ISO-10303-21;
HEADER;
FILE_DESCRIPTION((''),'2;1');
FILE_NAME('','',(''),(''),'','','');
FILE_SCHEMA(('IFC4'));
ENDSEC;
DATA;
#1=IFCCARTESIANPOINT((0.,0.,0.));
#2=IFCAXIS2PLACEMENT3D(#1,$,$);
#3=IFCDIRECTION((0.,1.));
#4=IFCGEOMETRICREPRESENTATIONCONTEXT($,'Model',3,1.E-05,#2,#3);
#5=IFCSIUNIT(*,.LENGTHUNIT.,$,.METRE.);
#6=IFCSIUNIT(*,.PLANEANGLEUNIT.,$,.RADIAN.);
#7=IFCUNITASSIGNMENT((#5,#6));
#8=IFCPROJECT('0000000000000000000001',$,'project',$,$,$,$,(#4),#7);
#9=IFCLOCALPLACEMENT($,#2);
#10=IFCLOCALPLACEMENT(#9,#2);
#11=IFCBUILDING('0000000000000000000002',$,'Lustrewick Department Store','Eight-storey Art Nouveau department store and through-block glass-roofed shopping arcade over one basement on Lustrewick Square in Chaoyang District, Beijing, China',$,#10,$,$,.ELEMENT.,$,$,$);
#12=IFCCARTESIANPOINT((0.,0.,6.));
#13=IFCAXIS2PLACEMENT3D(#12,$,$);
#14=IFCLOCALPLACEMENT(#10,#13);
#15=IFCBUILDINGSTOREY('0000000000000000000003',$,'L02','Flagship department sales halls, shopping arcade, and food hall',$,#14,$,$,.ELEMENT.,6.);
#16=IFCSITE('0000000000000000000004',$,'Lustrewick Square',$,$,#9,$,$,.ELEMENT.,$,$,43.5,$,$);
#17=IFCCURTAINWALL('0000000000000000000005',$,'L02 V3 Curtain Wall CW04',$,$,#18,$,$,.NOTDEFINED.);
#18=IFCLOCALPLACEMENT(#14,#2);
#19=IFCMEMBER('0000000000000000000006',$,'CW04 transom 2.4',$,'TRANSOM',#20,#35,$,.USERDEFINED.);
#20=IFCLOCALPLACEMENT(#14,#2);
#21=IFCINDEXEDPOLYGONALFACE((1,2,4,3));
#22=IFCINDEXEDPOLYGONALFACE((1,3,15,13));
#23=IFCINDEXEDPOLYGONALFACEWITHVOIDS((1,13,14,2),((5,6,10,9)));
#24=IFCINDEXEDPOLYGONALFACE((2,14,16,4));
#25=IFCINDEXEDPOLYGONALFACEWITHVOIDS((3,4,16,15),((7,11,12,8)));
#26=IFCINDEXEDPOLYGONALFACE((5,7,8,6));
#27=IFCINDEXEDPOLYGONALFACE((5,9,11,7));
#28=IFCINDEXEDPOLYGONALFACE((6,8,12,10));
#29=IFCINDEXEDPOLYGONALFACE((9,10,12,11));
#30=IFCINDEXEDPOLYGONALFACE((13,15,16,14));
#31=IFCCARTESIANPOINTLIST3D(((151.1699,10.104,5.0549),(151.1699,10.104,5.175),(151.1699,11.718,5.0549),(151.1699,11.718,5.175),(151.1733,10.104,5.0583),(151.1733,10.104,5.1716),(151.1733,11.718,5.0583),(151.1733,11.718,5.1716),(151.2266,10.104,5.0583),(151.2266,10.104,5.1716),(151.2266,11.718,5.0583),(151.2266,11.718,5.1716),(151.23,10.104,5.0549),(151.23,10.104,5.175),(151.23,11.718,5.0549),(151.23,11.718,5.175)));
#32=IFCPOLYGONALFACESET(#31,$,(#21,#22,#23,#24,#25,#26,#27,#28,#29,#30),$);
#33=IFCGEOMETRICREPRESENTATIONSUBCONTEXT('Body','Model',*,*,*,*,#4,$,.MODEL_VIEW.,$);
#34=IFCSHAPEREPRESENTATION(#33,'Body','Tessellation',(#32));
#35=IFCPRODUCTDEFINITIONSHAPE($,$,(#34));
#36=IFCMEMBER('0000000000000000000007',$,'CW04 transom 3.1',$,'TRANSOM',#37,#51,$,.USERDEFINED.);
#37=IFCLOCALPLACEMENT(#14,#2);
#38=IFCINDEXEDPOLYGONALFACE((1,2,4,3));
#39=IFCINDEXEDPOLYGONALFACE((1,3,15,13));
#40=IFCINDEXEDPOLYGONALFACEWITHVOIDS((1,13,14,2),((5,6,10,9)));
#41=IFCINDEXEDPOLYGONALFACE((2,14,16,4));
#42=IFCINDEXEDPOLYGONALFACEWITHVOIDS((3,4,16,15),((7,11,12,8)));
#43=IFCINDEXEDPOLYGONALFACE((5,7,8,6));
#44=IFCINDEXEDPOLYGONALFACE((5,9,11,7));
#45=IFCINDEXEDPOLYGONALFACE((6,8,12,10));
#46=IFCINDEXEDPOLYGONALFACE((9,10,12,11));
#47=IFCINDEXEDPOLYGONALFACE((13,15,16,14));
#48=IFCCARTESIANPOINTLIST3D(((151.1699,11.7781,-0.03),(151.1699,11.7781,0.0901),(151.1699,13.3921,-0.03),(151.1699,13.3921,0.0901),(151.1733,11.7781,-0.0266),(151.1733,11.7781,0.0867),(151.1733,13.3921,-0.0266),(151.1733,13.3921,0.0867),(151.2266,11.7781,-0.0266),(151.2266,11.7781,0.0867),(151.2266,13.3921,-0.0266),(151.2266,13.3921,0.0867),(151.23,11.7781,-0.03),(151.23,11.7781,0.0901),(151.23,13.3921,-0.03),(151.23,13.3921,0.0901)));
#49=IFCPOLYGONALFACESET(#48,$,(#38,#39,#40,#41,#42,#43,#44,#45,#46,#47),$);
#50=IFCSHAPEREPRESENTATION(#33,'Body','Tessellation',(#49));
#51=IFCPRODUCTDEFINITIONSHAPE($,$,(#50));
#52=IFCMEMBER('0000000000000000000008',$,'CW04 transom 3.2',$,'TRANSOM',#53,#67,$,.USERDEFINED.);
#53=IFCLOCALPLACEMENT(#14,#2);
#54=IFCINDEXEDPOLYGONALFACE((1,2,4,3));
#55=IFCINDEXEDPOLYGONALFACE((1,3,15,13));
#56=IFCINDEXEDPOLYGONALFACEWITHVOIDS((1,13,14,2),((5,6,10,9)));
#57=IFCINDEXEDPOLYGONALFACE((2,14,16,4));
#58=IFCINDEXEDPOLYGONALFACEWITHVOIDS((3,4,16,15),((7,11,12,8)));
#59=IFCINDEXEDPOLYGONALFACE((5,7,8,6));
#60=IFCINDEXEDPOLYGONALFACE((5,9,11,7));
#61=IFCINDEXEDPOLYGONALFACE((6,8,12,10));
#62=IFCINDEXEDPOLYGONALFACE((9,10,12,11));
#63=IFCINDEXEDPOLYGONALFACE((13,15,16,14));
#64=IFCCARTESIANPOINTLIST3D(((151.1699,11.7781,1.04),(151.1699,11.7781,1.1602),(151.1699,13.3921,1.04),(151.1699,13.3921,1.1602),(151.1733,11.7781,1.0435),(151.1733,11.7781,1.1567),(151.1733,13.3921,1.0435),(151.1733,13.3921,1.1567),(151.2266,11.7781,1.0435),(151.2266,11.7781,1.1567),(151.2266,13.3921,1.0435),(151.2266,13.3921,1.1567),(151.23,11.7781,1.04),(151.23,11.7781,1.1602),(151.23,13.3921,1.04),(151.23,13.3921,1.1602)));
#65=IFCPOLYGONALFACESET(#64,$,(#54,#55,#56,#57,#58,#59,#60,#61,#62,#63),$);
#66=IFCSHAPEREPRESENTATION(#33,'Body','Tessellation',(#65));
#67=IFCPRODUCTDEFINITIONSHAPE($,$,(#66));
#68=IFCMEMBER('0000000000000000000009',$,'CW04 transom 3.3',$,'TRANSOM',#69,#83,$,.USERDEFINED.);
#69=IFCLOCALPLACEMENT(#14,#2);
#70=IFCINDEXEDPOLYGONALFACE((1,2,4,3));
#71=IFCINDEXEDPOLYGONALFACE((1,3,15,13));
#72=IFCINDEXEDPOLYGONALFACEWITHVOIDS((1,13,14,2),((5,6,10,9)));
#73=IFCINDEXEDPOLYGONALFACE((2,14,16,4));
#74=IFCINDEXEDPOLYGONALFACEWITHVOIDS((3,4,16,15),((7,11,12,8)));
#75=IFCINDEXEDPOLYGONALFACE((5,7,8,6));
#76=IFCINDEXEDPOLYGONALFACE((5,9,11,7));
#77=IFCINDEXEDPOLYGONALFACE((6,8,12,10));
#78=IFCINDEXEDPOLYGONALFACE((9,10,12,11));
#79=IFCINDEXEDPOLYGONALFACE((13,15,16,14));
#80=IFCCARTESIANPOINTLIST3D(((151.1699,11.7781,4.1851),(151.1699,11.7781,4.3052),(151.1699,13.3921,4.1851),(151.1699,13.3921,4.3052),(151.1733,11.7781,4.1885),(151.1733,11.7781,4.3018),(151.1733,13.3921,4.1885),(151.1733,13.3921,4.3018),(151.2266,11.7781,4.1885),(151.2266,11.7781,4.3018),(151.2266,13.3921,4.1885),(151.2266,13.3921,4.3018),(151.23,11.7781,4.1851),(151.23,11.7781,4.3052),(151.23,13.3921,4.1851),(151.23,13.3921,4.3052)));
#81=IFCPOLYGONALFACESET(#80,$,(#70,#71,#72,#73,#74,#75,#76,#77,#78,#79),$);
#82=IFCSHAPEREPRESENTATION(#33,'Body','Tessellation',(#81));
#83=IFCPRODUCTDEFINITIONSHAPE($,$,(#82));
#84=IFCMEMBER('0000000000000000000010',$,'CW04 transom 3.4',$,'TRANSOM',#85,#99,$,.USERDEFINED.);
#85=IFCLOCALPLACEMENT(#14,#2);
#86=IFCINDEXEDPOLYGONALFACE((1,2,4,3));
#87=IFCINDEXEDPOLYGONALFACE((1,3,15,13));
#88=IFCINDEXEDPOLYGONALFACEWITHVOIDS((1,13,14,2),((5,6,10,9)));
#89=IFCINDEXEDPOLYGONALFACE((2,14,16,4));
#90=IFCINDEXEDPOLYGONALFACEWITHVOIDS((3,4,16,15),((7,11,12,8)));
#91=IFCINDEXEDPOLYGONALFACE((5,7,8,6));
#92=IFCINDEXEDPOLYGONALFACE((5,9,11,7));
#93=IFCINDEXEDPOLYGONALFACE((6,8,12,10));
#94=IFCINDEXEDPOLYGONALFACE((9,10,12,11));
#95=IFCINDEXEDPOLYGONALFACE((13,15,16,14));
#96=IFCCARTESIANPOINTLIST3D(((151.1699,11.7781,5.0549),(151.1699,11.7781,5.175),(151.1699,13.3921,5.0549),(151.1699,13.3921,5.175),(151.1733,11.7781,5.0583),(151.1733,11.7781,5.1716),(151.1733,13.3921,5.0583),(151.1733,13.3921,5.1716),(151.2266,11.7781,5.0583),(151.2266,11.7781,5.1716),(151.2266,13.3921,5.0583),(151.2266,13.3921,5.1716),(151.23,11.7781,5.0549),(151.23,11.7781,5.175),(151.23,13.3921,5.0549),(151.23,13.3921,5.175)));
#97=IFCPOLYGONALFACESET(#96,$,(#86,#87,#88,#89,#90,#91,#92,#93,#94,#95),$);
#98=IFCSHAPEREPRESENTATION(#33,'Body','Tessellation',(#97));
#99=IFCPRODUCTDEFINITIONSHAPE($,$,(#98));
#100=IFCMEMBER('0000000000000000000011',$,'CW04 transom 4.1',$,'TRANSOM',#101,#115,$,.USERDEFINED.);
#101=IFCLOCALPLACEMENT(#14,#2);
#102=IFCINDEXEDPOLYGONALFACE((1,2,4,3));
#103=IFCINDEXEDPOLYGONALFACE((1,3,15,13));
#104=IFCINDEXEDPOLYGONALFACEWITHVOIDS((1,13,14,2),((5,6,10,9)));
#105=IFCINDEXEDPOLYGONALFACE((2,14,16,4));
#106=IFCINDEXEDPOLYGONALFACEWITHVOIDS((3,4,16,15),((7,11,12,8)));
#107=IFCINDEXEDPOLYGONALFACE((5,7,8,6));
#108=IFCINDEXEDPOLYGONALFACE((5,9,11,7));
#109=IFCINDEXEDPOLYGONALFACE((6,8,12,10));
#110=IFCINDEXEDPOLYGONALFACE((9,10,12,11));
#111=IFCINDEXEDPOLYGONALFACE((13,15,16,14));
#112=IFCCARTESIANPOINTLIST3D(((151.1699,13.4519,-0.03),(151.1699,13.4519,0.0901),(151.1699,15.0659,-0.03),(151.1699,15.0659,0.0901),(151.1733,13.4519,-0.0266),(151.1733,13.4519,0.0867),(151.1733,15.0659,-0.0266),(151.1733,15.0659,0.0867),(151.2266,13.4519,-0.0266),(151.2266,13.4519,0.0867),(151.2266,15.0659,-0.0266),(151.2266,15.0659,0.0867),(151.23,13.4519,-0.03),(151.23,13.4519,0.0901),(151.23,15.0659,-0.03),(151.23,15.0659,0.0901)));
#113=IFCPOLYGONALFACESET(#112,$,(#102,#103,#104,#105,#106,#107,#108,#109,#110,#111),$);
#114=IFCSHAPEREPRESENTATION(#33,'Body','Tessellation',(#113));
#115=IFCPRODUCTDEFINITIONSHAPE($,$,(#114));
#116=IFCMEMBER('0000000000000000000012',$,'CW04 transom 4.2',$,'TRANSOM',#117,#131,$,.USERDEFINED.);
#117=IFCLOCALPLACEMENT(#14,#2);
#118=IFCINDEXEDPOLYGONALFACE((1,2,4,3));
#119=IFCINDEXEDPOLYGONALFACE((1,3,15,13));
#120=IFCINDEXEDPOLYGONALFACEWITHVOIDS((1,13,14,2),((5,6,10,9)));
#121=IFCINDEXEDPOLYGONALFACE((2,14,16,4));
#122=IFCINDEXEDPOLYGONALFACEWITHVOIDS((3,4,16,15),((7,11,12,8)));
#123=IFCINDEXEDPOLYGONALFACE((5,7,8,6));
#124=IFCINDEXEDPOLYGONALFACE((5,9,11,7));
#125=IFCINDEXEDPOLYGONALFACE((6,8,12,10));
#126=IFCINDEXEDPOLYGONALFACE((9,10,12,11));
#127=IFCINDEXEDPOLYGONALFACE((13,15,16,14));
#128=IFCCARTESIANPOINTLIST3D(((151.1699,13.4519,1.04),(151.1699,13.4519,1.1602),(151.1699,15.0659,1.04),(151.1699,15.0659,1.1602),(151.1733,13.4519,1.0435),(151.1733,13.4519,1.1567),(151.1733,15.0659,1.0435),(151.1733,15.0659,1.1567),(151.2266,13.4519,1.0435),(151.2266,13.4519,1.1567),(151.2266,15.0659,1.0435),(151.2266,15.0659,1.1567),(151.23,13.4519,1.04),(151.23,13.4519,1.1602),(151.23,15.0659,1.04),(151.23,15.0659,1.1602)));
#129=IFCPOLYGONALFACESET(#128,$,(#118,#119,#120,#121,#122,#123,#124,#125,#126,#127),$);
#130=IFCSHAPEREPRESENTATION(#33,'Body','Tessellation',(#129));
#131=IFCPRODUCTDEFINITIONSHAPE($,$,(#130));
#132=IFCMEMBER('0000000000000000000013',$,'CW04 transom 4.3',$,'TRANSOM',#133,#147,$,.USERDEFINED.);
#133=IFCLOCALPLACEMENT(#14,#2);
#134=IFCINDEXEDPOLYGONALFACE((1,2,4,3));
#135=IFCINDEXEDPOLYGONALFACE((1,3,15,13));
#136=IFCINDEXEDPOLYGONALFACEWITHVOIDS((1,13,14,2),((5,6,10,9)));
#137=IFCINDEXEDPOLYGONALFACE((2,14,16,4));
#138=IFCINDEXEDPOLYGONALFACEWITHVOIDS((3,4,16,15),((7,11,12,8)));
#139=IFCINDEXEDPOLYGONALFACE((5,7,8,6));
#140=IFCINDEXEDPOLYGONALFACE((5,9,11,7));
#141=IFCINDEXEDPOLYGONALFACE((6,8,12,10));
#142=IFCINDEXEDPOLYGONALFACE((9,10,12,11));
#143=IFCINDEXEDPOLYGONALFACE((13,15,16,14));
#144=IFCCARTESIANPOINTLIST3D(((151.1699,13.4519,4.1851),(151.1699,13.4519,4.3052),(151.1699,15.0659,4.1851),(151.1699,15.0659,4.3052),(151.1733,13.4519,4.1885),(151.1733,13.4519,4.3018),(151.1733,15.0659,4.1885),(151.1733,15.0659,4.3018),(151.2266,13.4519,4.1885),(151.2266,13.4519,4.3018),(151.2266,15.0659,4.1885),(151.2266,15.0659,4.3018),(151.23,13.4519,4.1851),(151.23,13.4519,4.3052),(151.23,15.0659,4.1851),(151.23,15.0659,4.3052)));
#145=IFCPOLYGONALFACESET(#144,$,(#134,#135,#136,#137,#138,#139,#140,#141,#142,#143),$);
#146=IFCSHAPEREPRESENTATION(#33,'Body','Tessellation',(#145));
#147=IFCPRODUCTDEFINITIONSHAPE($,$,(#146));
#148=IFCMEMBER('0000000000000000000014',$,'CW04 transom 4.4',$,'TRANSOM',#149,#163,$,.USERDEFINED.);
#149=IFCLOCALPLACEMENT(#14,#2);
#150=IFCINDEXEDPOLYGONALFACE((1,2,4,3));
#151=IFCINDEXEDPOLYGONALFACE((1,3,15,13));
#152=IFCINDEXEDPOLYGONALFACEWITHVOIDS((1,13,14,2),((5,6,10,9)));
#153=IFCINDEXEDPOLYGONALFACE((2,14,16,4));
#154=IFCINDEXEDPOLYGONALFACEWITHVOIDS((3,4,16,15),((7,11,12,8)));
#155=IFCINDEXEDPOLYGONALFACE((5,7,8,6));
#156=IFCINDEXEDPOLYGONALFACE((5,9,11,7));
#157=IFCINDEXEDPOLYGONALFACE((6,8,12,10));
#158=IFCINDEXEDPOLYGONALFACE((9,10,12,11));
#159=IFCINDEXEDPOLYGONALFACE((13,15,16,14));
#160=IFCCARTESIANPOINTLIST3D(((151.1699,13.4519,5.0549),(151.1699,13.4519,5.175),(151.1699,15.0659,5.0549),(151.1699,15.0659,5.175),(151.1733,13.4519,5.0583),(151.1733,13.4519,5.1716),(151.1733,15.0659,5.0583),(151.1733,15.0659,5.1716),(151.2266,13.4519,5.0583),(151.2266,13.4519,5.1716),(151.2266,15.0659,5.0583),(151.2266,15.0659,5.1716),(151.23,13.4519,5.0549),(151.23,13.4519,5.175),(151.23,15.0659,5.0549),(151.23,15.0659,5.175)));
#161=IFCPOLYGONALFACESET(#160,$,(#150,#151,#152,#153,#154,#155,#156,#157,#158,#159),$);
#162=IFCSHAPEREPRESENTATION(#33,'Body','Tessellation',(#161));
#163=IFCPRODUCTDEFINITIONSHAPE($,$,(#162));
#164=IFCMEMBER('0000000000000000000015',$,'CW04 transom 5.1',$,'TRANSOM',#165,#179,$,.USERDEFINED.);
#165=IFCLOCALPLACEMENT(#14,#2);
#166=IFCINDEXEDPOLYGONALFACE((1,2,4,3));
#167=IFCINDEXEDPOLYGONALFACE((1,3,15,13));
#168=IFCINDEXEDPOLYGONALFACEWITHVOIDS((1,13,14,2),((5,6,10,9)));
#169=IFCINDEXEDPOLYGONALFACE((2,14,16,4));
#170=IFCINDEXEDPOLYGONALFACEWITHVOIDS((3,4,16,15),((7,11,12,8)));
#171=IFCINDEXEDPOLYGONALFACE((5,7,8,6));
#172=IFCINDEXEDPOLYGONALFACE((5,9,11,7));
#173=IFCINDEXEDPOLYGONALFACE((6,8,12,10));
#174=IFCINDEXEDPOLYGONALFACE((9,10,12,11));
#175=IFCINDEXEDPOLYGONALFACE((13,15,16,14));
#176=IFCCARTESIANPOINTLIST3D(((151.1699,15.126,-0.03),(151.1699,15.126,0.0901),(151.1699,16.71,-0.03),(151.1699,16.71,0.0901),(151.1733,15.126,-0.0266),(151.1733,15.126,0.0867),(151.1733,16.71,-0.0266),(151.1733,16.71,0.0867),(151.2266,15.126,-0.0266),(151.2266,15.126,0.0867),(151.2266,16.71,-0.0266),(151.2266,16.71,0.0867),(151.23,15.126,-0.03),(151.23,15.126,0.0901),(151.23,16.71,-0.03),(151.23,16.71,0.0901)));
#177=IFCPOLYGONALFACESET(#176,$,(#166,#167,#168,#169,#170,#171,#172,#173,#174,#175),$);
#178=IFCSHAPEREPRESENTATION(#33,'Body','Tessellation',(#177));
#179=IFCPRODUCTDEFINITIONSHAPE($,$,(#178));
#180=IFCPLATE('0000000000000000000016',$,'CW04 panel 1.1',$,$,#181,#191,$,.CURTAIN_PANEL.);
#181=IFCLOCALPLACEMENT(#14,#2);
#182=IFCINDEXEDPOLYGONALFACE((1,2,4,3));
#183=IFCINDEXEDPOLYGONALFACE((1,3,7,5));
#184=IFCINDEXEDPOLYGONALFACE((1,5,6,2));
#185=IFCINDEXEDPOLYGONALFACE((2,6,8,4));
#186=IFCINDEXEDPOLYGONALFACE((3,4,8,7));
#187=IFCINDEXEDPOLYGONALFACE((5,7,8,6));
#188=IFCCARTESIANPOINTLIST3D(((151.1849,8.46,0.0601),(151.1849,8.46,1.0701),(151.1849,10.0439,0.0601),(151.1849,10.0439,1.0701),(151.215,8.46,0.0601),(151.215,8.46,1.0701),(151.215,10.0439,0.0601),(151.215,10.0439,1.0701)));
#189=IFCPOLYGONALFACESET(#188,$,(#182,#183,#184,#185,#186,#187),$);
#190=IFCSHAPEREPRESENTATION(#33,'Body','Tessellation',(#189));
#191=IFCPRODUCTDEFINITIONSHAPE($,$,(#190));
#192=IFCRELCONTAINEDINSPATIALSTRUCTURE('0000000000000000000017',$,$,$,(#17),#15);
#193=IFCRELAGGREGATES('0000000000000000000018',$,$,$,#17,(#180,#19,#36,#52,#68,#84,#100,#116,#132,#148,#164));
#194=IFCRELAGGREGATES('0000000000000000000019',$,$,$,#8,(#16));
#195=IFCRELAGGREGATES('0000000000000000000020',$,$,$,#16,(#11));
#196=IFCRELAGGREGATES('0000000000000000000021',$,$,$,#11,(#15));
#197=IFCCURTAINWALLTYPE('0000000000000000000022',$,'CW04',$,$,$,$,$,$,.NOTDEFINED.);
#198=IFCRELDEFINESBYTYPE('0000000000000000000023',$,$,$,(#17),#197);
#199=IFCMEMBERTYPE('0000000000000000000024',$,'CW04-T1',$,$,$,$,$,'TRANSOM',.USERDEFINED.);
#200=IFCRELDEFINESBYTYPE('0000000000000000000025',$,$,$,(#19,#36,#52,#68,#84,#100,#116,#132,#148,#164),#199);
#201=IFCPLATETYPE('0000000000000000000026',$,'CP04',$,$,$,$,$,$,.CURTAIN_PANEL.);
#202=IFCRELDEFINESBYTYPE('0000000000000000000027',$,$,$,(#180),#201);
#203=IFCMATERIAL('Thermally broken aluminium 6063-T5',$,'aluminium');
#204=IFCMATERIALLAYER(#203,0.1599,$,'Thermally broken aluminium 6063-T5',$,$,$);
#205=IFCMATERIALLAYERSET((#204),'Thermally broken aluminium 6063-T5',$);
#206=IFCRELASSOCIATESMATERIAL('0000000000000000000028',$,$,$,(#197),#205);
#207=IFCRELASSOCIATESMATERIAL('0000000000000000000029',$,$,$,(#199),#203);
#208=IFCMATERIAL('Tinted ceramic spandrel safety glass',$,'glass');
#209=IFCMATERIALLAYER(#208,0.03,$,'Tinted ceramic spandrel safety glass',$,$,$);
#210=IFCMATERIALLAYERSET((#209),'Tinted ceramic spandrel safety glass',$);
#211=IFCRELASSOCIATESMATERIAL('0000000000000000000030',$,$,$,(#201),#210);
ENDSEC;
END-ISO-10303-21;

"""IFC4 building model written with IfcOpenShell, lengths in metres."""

from ifc_helpers import new_model, si_unit, direction, frame, origin, origin_2d, place, context, subcontext, project, spatial, rectangle, hollow_rectangle, extrude, material, layer, layer_set, material_profile, profile_set, type_object, element, aggregate, save


model = new_model("IFC4")

# Units and contexts
model_context = context("Model", 3, precision=1e-05, world=origin(), true_north=direction((0.0, 1.0)))
body_context = subcontext(model_context, "Body", "Model", "MODEL_VIEW")
ifc_project = project(units=[si_unit("LENGTHUNIT", "METRE"), si_unit("PLANEANGLEUNIT", "RADIAN")], contexts=[model_context])

# Site, building, storey
site_placement = place(None, origin())
site = spatial("IfcSite", under=ifc_project, at=site_placement, Name="Lustrewick Square", CompositionType="ELEMENT", RefElevation=43.5)
building_placement = place(site_placement, origin())
building = spatial("IfcBuilding", under=site, at=building_placement, Name="Lustrewick Department Store", Description="Eight-storey Art Nouveau department store and through-block glass-roofed shopping arcade over one basement on Lustrewick Square in Chaoyang District, Beijing, China", CompositionType="ELEMENT")
storey_placement = place(building_placement, frame((0.0, 0.0, 6.0)))
storey = spatial("IfcBuildingStorey", under=building, at=storey_placement, Name="L02", Description="Flagship department sales halls, shopping arcade, and food hall", CompositionType="ELEMENT", Elevation=6.0)

# Curtain wall, members, plate
ifc_material_1 = material(Name="Thermally broken aluminium 6063-T5", Category="aluminium")
ifc_layer_1 = layer(ifc_material_1, 0.1599, Name="Thermally broken aluminium 6063-T5")
ifc_layer_set_1 = layer_set([ifc_layer_1], Name="Thermally broken aluminium 6063-T5")
curtain_wall_type = type_object("IfcCurtainWallType", Name="CW04", PredefinedType="NOTDEFINED", material=ifc_layer_set_1)
curtain_wall_placement = place(storey_placement, origin())
curtain_wall = element("IfcCurtainWall", 1, at=curtain_wall_placement, inside=storey, type_object=curtain_wall_type, Name="L02 V3 Curtain Wall CW04", PredefinedType="NOTDEFINED")
ifc_material_profile_1 = material_profile(ifc_material_1, hollow_rectangle(XDim=0.0601, YDim=0.1201, WallThickness=0.0034, at=origin_2d()), Name="ALU-T 60x120x3.5")
ifc_profile_set_1 = profile_set([ifc_material_profile_1], Name="Thermally broken aluminium 6063-T5")
member_type_1 = type_object("IfcMemberType", Name="CW04-T1", ElementType="TRANSOM", PredefinedType="USERDEFINED", material=ifc_profile_set_1)
member_1_placement = place(storey_placement, frame((151.2, 10.104, 5.115), z_axis=(0.0, 1.0, 0.0), x_axis=(-1.0, 0.0, 0.0)))
member_1 = element("IfcMember", 2, at=member_1_placement, type_object=member_type_1, Name="CW04 transom 2.4", ObjectType="TRANSOM", PredefinedType="USERDEFINED", context=body_context, shape_type="SweptSolid", body=[
    extrude(hollow_rectangle(XDim=0.0601, YDim=0.1201, WallThickness=0.0034, at=origin_2d()), origin(), (0.0, 0.0, 1.0), 1.614),
])
member_2_placement = place(storey_placement, frame((151.2, 11.7781, 0.03), z_axis=(0.0, 1.0, 0.0), x_axis=(-1.0, 0.0, 0.0)))
member_2 = element("IfcMember", 3, at=member_2_placement, type_object=member_type_1, Name="CW04 transom 3.1", ObjectType="TRANSOM", PredefinedType="USERDEFINED", context=body_context, shape_type="SweptSolid", body=[
    extrude(hollow_rectangle(XDim=0.0601, YDim=0.1201, WallThickness=0.0034, at=origin_2d()), origin(), (0.0, 0.0, 1.0), 1.614),
])
member_3_placement = place(storey_placement, frame((151.2, 11.7781, 1.1001), z_axis=(0.0, 1.0, 0.0), x_axis=(-1.0, 0.0, 0.0)))
member_3 = element("IfcMember", 4, at=member_3_placement, type_object=member_type_1, Name="CW04 transom 3.2", ObjectType="TRANSOM", PredefinedType="USERDEFINED", context=body_context, shape_type="SweptSolid", body=[
    extrude(hollow_rectangle(XDim=0.0601, YDim=0.1201, WallThickness=0.0034, at=origin_2d()), origin(), (0.0, 0.0, 1.0), 1.614),
])
member_4_placement = place(storey_placement, frame((151.2, 11.7781, 4.2451), z_axis=(0.0, 1.0, 0.0), x_axis=(-1.0, 0.0, 0.0)))
member_4 = element("IfcMember", 5, at=member_4_placement, type_object=member_type_1, Name="CW04 transom 3.3", ObjectType="TRANSOM", PredefinedType="USERDEFINED", context=body_context, shape_type="SweptSolid", body=[
    extrude(hollow_rectangle(XDim=0.0601, YDim=0.1201, WallThickness=0.0034, at=origin_2d()), origin(), (0.0, 0.0, 1.0), 1.614),
])
member_5_placement = place(storey_placement, frame((151.2, 11.7781, 5.115), z_axis=(0.0, 1.0, 0.0), x_axis=(-1.0, 0.0, 0.0)))
member_5 = element("IfcMember", 6, at=member_5_placement, type_object=member_type_1, Name="CW04 transom 3.4", ObjectType="TRANSOM", PredefinedType="USERDEFINED", context=body_context, shape_type="SweptSolid", body=[
    extrude(hollow_rectangle(XDim=0.0601, YDim=0.1201, WallThickness=0.0034, at=origin_2d()), origin(), (0.0, 0.0, 1.0), 1.614),
])
member_6_placement = place(storey_placement, frame((151.2, 13.4519, 0.03), z_axis=(0.0, 1.0, 0.0), x_axis=(-1.0, 0.0, 0.0)))
member_6 = element("IfcMember", 7, at=member_6_placement, type_object=member_type_1, Name="CW04 transom 4.1", ObjectType="TRANSOM", PredefinedType="USERDEFINED", context=body_context, shape_type="SweptSolid", body=[
    extrude(hollow_rectangle(XDim=0.0601, YDim=0.1201, WallThickness=0.0034, at=origin_2d()), origin(), (0.0, 0.0, 1.0), 1.614),
])
member_7_placement = place(storey_placement, frame((151.2, 13.4519, 1.1001), z_axis=(0.0, 1.0, 0.0), x_axis=(-1.0, 0.0, 0.0)))
member_7 = element("IfcMember", 8, at=member_7_placement, type_object=member_type_1, Name="CW04 transom 4.2", ObjectType="TRANSOM", PredefinedType="USERDEFINED", context=body_context, shape_type="SweptSolid", body=[
    extrude(hollow_rectangle(XDim=0.0601, YDim=0.1201, WallThickness=0.0034, at=origin_2d()), origin(), (0.0, 0.0, 1.0), 1.614),
])
member_8_placement = place(storey_placement, frame((151.2, 13.4519, 4.2451), z_axis=(0.0, 1.0, 0.0), x_axis=(-1.0, 0.0, 0.0)))
member_8 = element("IfcMember", 9, at=member_8_placement, type_object=member_type_1, Name="CW04 transom 4.3", ObjectType="TRANSOM", PredefinedType="USERDEFINED", context=body_context, shape_type="SweptSolid", body=[
    extrude(hollow_rectangle(XDim=0.0601, YDim=0.1201, WallThickness=0.0034, at=origin_2d()), origin(), (0.0, 0.0, 1.0), 1.614),
])
member_9_placement = place(storey_placement, frame((151.2, 13.4519, 5.115), z_axis=(0.0, 1.0, 0.0), x_axis=(-1.0, 0.0, 0.0)))
member_9 = element("IfcMember", 10, at=member_9_placement, type_object=member_type_1, Name="CW04 transom 4.4", ObjectType="TRANSOM", PredefinedType="USERDEFINED", context=body_context, shape_type="SweptSolid", body=[
    extrude(hollow_rectangle(XDim=0.0601, YDim=0.1201, WallThickness=0.0034, at=origin_2d()), origin(), (0.0, 0.0, 1.0), 1.614),
])
member_10_placement = place(storey_placement, frame((151.2, 15.126, 0.03), z_axis=(0.0, 1.0, 0.0), x_axis=(-1.0, 0.0, 0.0)))
member_10 = element("IfcMember", 11, at=member_10_placement, type_object=member_type_1, Name="CW04 transom 5.1", ObjectType="TRANSOM", PredefinedType="USERDEFINED", context=body_context, shape_type="SweptSolid", body=[
    extrude(hollow_rectangle(XDim=0.0601, YDim=0.1201, WallThickness=0.0034, at=origin_2d()), origin(), (0.0, 0.0, 1.0), 1.584),
])
ifc_material_2 = material(Name="Tinted ceramic spandrel safety glass", Category="glass")
ifc_layer_2 = layer(ifc_material_2, 0.03, Name="Tinted ceramic spandrel safety glass")
ifc_layer_set_2 = layer_set([ifc_layer_2], Name="Tinted ceramic spandrel safety glass")
plate_type = type_object("IfcPlateType", Name="CP04", PredefinedType="CURTAIN_PANEL", material=ifc_layer_set_2)
plate_1_placement = place(storey_placement, frame((151.2, 9.252, 0.0601), z_axis=(0.0, 0.0, 1.0), x_axis=(0.0, 1.0, 0.0)))
plate_1 = element("IfcPlate", 12, at=plate_1_placement, type_object=plate_type, Name="CW04 panel 1.1", PredefinedType="CURTAIN_PANEL", context=body_context, shape_type="SweptSolid", body=[
    extrude(rectangle(XDim=1.584, YDim=0.03, at=origin_2d()), origin(), (0.0, 0.0, 1.0), 1.01),
])
aggregate(curtain_wall, [plate_1, member_1, member_2, member_3, member_4, member_5, member_6, member_7, member_8, member_9, member_10])

save(model, "model.ifc")
